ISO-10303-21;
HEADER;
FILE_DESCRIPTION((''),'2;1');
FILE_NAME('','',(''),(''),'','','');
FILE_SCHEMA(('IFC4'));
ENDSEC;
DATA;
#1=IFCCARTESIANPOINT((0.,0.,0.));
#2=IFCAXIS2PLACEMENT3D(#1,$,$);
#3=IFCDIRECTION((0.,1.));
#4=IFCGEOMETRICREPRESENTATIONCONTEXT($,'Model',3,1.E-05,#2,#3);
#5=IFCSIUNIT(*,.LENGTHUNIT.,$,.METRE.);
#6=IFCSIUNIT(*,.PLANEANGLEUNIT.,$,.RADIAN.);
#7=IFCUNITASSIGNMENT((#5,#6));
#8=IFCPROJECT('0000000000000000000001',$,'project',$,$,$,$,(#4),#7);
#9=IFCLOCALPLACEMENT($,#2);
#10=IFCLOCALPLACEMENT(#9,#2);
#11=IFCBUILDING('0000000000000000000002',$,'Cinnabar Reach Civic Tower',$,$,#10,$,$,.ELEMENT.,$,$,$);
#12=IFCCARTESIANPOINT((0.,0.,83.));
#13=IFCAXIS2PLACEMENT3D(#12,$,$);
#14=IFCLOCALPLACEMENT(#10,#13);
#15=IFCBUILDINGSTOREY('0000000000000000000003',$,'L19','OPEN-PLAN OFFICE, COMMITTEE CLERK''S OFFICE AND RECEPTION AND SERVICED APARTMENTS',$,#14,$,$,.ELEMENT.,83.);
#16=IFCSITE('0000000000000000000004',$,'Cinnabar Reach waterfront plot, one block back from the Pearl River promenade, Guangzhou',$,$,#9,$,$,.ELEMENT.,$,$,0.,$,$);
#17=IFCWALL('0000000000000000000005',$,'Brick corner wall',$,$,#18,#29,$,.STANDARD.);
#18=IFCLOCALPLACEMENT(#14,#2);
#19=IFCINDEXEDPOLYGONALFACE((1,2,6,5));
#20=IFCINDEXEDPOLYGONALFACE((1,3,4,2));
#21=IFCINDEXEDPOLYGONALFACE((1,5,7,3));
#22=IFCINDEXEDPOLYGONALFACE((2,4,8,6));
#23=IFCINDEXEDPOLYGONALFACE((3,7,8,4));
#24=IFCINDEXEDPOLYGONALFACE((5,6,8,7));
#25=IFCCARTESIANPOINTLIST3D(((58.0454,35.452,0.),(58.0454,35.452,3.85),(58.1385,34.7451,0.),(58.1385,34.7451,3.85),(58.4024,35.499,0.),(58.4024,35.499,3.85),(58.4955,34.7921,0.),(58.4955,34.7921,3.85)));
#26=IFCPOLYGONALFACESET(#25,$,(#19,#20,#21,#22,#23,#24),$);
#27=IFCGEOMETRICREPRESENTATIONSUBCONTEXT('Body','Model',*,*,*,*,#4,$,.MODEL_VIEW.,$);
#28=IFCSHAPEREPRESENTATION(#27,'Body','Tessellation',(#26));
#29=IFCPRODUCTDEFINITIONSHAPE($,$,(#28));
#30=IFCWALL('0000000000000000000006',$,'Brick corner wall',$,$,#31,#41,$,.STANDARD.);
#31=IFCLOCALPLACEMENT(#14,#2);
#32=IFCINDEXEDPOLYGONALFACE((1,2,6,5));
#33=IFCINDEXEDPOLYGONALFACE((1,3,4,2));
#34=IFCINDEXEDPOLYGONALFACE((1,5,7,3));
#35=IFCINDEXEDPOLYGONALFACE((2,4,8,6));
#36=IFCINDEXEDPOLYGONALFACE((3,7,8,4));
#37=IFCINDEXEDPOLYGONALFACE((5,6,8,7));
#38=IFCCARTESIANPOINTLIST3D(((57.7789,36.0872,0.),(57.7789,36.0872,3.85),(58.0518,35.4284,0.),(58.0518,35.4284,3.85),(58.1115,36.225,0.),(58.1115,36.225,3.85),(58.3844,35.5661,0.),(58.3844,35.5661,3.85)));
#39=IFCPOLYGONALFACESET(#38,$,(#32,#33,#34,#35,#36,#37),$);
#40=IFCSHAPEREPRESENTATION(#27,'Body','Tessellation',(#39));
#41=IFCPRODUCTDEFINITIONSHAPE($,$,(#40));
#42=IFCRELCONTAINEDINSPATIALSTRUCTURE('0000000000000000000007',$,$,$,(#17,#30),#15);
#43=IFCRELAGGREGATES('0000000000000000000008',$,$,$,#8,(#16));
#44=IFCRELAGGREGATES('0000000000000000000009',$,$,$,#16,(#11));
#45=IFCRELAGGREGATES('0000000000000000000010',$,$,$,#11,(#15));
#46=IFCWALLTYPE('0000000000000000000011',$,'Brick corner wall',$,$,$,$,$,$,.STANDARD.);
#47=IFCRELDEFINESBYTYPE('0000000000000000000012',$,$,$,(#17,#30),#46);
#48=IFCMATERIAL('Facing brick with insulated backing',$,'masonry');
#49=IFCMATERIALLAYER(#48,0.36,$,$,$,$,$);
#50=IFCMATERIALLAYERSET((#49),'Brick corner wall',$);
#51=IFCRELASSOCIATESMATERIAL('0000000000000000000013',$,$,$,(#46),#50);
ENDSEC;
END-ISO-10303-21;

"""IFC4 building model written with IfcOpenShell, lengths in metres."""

from ifc_helpers import new_model, si_unit, direction, frame, frame_2d, origin, place, context, subcontext, project, spatial, rectangle, extrude, material, layer, layer_set, type_object, element, save


model = new_model("IFC4")

# Units and contexts
model_context = context("Model", 3, precision=1e-05, world=origin(), true_north=direction((0.0, 1.0)))
body_context = subcontext(model_context, "Body", "Model", "MODEL_VIEW")
ifc_project = project(units=[si_unit("LENGTHUNIT", "METRE"), si_unit("PLANEANGLEUNIT", "RADIAN")], contexts=[model_context])

# Site, building, storey
site_placement = place(None, origin())
site = spatial("IfcSite", under=ifc_project, at=site_placement, Name="Cinnabar Reach waterfront plot, one block back from the Pearl River promenade, Guangzhou", CompositionType="ELEMENT", RefElevation=0.0)
building_placement = place(site_placement, origin())
building = spatial("IfcBuilding", under=site, at=building_placement, Name="Cinnabar Reach Civic Tower", CompositionType="ELEMENT")
storey_placement = place(building_placement, frame((0.0, 0.0, 83.0)))
storey = spatial("IfcBuildingStorey", under=building, at=storey_placement, Name="L19", Description="OPEN-PLAN OFFICE, COMMITTEE CLERK'S OFFICE AND RECEPTION AND SERVICED APARTMENTS", CompositionType="ELEMENT", Elevation=83.0)

# Walls
ifc_material_1 = material(Name="Facing brick with insulated backing", Category="masonry")
ifc_layer = layer(ifc_material_1, 0.36)
ifc_layer_set = layer_set([ifc_layer], Name="Brick corner wall")
wall_type = type_object("IfcWallType", Name="Brick corner wall", PredefinedType="STANDARD", material=ifc_layer_set)
for number, where, z_axis, x_axis, name in (
    (1, (58.317, 34.7686, 0.0), (0.0, 0.0, 1.0), (-0.130556, 0.991441, 0.0), "Brick corner wall"),
    (2, (58.2181, 35.4973, 0.0), (0.0, 0.0, 1.0), (-0.382703, 0.923872, 0.0), "Brick corner wall"),
):
    element("IfcWall", number, at=place(storey_placement, frame(where, z_axis=z_axis, x_axis=x_axis)), inside=storey, type_object=wall_type, Name=name, PredefinedType="STANDARD", context=body_context, shape_type="SweptSolid", body=[
        extrude(rectangle(XDim=0.7131, YDim=0.36, at=frame_2d((0.3565, 0.0))), origin(), (0.0, 0.0, 1.0), 3.85),
    ])

save(model, "model.ifc")
